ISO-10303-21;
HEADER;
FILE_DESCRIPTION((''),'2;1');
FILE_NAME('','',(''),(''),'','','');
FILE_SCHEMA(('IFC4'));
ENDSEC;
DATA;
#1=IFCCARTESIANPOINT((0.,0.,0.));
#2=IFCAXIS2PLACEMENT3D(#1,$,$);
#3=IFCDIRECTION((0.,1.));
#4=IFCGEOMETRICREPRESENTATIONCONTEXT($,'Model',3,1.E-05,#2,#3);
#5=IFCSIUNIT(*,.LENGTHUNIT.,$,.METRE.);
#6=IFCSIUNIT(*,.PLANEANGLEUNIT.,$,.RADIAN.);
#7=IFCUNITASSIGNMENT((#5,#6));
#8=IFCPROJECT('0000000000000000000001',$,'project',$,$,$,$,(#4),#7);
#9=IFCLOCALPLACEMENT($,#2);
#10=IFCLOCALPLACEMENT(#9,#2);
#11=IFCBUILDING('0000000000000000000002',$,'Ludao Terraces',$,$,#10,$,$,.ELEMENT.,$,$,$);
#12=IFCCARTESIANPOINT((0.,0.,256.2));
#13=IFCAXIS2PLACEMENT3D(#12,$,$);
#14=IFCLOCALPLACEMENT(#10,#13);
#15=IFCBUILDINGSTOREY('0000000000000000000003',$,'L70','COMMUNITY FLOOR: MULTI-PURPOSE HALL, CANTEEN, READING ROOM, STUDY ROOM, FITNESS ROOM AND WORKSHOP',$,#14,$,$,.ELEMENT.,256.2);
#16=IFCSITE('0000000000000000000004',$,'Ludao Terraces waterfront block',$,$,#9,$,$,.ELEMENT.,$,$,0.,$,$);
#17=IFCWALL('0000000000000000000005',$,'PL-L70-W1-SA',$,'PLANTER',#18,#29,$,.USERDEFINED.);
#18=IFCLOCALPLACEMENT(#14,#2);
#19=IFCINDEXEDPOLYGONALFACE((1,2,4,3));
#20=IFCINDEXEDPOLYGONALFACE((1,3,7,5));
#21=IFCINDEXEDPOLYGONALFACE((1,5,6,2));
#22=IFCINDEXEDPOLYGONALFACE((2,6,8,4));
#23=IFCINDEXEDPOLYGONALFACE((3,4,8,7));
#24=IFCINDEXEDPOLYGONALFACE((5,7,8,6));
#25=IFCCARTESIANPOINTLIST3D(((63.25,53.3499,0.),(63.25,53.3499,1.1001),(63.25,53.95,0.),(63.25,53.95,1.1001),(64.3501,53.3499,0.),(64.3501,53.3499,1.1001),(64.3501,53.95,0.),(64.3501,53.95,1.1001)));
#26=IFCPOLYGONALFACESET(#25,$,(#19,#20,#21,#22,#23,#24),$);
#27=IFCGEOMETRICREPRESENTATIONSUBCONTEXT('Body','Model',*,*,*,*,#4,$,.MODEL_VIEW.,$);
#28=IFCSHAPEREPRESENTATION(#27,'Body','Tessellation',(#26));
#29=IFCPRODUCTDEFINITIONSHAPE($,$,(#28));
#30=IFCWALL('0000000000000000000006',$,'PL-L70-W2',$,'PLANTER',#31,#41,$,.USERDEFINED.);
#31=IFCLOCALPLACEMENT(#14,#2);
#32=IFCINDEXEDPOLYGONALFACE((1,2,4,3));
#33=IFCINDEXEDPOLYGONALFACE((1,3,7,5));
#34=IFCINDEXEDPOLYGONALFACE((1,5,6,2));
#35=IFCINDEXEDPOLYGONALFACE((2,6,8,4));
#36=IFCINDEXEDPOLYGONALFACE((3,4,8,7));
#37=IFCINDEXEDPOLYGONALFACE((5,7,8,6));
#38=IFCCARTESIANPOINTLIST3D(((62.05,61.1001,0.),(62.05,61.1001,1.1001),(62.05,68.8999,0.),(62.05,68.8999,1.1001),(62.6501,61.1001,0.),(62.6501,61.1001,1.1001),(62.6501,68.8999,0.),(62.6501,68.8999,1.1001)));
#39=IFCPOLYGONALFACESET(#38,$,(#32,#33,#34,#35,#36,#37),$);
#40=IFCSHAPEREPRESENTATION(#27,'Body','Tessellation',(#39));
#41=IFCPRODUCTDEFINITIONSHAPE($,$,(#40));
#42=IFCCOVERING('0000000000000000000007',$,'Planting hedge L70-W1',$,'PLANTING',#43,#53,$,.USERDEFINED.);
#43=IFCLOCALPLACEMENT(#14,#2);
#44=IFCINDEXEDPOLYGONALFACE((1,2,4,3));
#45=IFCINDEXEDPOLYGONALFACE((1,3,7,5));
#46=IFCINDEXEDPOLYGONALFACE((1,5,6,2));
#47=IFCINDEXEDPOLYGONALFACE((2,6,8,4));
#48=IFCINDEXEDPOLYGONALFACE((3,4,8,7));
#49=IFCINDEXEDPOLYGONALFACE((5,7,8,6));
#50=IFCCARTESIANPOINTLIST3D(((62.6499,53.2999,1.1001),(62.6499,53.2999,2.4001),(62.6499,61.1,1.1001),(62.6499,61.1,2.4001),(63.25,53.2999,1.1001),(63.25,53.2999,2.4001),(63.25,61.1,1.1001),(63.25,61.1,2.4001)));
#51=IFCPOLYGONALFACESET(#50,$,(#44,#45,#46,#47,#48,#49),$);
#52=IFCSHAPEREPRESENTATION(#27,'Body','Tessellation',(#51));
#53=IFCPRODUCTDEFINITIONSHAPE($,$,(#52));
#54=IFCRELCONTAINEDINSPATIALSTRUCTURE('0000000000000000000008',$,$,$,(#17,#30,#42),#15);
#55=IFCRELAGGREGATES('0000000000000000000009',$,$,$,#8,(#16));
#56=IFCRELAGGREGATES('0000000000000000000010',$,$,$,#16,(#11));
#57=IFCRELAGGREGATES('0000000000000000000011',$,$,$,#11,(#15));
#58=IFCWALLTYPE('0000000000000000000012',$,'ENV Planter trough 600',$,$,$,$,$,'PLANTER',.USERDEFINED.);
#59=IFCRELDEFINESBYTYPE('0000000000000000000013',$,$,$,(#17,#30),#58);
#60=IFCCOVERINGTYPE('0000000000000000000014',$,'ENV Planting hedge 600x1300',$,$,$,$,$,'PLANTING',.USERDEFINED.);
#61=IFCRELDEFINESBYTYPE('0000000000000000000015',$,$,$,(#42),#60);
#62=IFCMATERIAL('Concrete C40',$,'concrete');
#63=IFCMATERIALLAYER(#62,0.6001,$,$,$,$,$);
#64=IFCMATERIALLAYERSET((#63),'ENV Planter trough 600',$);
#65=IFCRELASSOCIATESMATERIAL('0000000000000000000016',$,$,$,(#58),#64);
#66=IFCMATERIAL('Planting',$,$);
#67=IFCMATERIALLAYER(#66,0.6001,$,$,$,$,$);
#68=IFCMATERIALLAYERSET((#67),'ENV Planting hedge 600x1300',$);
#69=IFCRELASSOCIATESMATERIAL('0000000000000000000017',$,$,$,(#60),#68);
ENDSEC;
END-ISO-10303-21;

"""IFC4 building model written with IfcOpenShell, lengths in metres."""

from ifc_helpers import new_model, si_unit, direction, frame, frame_2d, origin, origin_2d, place, context, subcontext, project, spatial, rectangle, extrude, material, layer, layer_set, type_object, element, save


model = new_model("IFC4")

# Units and contexts
model_context = context("Model", 3, precision=1e-05, world=origin(), true_north=direction((0.0, 1.0)))
body_context = subcontext(model_context, "Body", "Model", "MODEL_VIEW")
ifc_project = project(units=[si_unit("LENGTHUNIT", "METRE"), si_unit("PLANEANGLEUNIT", "RADIAN")], contexts=[model_context])

# Site, building, storey
site_placement = place(None, origin())
site = spatial("IfcSite", under=ifc_project, at=site_placement, Name="Ludao Terraces waterfront block", CompositionType="ELEMENT", RefElevation=0.0)
building_placement = place(site_placement, origin())
building = spatial("IfcBuilding", under=site, at=building_placement, Name="Ludao Terraces", CompositionType="ELEMENT")
storey_placement = place(building_placement, frame((0.0, 0.0, 256.2)))
storey = spatial("IfcBuildingStorey", under=building, at=storey_placement, Name="L70", Description="COMMUNITY FLOOR: MULTI-PURPOSE HALL, CANTEEN, READING ROOM, STUDY ROOM, FITNESS ROOM AND WORKSHOP", CompositionType="ELEMENT", Elevation=256.2)

# Shared definitions
ifc_material_1 = material(Name="Concrete C40", Category="concrete")

# Walls
ifc_layer_1 = layer(ifc_material_1, 0.6001)
ifc_layer_set_1 = layer_set([ifc_layer_1], Name="ENV Planter trough 600")
wall_type = type_object("IfcWallType", Name="ENV Planter trough 600", ElementType="PLANTER", PredefinedType="USERDEFINED", material=ifc_layer_set_1)
wall_1_placement = place(storey_placement, frame((63.25, 53.6499, 0.0), z_axis=(0.0, 0.0, 1.0), x_axis=(1.0, 0.0, 0.0)))
element("IfcWall", 1, at=wall_1_placement, inside=storey, type_object=wall_type, Name="PL-L70-W1-SA", ObjectType="PLANTER", PredefinedType="USERDEFINED", context=body_context, shape_type="SweptSolid", body=[
    extrude(rectangle(XDim=1.1001, YDim=0.6001, at=frame_2d((0.55, 0.0))), origin(), (0.0, 0.0, 1.0), 1.1001),
])
wall_2_placement = place(storey_placement, frame((62.3501, 61.1001, 0.0), z_axis=(0.0, 0.0, 1.0), x_axis=(0.0, 1.0, 0.0)))
element("IfcWall", 2, at=wall_2_placement, inside=storey, type_object=wall_type, Name="PL-L70-W2", ObjectType="PLANTER", PredefinedType="USERDEFINED", context=body_context, shape_type="SweptSolid", body=[
    extrude(rectangle(XDim=7.7998, YDim=0.6001, at=frame_2d((3.8999, 0.0))), origin(), (0.0, 0.0, 1.0), 1.1001),
])

# Covering
ifc_material_2 = material(Name="Planting")
ifc_layer_2 = layer(ifc_material_2, 0.6001)
ifc_layer_set_2 = layer_set([ifc_layer_2], Name="ENV Planting hedge 600x1300")
covering_type = type_object("IfcCoveringType", Name="ENV Planting hedge 600x1300", ElementType="PLANTING", PredefinedType="USERDEFINED", material=ifc_layer_set_2)
covering_placement = place(storey_placement, frame((62.95, 57.2, 1.1001), z_axis=(0.0, 0.0, 1.0), x_axis=(1.0, 0.0, 0.0)))
element("IfcCovering", 3, at=covering_placement, inside=storey, type_object=covering_type, Name="Planting hedge L70-W1", ObjectType="PLANTING", PredefinedType="USERDEFINED", context=body_context, shape_type="SweptSolid", body=[
    extrude(rectangle(XDim=0.6001, YDim=7.8, at=origin_2d()), origin(), (0.0, 0.0, 1.0), 1.3),
])

save(model, "model.ifc")
